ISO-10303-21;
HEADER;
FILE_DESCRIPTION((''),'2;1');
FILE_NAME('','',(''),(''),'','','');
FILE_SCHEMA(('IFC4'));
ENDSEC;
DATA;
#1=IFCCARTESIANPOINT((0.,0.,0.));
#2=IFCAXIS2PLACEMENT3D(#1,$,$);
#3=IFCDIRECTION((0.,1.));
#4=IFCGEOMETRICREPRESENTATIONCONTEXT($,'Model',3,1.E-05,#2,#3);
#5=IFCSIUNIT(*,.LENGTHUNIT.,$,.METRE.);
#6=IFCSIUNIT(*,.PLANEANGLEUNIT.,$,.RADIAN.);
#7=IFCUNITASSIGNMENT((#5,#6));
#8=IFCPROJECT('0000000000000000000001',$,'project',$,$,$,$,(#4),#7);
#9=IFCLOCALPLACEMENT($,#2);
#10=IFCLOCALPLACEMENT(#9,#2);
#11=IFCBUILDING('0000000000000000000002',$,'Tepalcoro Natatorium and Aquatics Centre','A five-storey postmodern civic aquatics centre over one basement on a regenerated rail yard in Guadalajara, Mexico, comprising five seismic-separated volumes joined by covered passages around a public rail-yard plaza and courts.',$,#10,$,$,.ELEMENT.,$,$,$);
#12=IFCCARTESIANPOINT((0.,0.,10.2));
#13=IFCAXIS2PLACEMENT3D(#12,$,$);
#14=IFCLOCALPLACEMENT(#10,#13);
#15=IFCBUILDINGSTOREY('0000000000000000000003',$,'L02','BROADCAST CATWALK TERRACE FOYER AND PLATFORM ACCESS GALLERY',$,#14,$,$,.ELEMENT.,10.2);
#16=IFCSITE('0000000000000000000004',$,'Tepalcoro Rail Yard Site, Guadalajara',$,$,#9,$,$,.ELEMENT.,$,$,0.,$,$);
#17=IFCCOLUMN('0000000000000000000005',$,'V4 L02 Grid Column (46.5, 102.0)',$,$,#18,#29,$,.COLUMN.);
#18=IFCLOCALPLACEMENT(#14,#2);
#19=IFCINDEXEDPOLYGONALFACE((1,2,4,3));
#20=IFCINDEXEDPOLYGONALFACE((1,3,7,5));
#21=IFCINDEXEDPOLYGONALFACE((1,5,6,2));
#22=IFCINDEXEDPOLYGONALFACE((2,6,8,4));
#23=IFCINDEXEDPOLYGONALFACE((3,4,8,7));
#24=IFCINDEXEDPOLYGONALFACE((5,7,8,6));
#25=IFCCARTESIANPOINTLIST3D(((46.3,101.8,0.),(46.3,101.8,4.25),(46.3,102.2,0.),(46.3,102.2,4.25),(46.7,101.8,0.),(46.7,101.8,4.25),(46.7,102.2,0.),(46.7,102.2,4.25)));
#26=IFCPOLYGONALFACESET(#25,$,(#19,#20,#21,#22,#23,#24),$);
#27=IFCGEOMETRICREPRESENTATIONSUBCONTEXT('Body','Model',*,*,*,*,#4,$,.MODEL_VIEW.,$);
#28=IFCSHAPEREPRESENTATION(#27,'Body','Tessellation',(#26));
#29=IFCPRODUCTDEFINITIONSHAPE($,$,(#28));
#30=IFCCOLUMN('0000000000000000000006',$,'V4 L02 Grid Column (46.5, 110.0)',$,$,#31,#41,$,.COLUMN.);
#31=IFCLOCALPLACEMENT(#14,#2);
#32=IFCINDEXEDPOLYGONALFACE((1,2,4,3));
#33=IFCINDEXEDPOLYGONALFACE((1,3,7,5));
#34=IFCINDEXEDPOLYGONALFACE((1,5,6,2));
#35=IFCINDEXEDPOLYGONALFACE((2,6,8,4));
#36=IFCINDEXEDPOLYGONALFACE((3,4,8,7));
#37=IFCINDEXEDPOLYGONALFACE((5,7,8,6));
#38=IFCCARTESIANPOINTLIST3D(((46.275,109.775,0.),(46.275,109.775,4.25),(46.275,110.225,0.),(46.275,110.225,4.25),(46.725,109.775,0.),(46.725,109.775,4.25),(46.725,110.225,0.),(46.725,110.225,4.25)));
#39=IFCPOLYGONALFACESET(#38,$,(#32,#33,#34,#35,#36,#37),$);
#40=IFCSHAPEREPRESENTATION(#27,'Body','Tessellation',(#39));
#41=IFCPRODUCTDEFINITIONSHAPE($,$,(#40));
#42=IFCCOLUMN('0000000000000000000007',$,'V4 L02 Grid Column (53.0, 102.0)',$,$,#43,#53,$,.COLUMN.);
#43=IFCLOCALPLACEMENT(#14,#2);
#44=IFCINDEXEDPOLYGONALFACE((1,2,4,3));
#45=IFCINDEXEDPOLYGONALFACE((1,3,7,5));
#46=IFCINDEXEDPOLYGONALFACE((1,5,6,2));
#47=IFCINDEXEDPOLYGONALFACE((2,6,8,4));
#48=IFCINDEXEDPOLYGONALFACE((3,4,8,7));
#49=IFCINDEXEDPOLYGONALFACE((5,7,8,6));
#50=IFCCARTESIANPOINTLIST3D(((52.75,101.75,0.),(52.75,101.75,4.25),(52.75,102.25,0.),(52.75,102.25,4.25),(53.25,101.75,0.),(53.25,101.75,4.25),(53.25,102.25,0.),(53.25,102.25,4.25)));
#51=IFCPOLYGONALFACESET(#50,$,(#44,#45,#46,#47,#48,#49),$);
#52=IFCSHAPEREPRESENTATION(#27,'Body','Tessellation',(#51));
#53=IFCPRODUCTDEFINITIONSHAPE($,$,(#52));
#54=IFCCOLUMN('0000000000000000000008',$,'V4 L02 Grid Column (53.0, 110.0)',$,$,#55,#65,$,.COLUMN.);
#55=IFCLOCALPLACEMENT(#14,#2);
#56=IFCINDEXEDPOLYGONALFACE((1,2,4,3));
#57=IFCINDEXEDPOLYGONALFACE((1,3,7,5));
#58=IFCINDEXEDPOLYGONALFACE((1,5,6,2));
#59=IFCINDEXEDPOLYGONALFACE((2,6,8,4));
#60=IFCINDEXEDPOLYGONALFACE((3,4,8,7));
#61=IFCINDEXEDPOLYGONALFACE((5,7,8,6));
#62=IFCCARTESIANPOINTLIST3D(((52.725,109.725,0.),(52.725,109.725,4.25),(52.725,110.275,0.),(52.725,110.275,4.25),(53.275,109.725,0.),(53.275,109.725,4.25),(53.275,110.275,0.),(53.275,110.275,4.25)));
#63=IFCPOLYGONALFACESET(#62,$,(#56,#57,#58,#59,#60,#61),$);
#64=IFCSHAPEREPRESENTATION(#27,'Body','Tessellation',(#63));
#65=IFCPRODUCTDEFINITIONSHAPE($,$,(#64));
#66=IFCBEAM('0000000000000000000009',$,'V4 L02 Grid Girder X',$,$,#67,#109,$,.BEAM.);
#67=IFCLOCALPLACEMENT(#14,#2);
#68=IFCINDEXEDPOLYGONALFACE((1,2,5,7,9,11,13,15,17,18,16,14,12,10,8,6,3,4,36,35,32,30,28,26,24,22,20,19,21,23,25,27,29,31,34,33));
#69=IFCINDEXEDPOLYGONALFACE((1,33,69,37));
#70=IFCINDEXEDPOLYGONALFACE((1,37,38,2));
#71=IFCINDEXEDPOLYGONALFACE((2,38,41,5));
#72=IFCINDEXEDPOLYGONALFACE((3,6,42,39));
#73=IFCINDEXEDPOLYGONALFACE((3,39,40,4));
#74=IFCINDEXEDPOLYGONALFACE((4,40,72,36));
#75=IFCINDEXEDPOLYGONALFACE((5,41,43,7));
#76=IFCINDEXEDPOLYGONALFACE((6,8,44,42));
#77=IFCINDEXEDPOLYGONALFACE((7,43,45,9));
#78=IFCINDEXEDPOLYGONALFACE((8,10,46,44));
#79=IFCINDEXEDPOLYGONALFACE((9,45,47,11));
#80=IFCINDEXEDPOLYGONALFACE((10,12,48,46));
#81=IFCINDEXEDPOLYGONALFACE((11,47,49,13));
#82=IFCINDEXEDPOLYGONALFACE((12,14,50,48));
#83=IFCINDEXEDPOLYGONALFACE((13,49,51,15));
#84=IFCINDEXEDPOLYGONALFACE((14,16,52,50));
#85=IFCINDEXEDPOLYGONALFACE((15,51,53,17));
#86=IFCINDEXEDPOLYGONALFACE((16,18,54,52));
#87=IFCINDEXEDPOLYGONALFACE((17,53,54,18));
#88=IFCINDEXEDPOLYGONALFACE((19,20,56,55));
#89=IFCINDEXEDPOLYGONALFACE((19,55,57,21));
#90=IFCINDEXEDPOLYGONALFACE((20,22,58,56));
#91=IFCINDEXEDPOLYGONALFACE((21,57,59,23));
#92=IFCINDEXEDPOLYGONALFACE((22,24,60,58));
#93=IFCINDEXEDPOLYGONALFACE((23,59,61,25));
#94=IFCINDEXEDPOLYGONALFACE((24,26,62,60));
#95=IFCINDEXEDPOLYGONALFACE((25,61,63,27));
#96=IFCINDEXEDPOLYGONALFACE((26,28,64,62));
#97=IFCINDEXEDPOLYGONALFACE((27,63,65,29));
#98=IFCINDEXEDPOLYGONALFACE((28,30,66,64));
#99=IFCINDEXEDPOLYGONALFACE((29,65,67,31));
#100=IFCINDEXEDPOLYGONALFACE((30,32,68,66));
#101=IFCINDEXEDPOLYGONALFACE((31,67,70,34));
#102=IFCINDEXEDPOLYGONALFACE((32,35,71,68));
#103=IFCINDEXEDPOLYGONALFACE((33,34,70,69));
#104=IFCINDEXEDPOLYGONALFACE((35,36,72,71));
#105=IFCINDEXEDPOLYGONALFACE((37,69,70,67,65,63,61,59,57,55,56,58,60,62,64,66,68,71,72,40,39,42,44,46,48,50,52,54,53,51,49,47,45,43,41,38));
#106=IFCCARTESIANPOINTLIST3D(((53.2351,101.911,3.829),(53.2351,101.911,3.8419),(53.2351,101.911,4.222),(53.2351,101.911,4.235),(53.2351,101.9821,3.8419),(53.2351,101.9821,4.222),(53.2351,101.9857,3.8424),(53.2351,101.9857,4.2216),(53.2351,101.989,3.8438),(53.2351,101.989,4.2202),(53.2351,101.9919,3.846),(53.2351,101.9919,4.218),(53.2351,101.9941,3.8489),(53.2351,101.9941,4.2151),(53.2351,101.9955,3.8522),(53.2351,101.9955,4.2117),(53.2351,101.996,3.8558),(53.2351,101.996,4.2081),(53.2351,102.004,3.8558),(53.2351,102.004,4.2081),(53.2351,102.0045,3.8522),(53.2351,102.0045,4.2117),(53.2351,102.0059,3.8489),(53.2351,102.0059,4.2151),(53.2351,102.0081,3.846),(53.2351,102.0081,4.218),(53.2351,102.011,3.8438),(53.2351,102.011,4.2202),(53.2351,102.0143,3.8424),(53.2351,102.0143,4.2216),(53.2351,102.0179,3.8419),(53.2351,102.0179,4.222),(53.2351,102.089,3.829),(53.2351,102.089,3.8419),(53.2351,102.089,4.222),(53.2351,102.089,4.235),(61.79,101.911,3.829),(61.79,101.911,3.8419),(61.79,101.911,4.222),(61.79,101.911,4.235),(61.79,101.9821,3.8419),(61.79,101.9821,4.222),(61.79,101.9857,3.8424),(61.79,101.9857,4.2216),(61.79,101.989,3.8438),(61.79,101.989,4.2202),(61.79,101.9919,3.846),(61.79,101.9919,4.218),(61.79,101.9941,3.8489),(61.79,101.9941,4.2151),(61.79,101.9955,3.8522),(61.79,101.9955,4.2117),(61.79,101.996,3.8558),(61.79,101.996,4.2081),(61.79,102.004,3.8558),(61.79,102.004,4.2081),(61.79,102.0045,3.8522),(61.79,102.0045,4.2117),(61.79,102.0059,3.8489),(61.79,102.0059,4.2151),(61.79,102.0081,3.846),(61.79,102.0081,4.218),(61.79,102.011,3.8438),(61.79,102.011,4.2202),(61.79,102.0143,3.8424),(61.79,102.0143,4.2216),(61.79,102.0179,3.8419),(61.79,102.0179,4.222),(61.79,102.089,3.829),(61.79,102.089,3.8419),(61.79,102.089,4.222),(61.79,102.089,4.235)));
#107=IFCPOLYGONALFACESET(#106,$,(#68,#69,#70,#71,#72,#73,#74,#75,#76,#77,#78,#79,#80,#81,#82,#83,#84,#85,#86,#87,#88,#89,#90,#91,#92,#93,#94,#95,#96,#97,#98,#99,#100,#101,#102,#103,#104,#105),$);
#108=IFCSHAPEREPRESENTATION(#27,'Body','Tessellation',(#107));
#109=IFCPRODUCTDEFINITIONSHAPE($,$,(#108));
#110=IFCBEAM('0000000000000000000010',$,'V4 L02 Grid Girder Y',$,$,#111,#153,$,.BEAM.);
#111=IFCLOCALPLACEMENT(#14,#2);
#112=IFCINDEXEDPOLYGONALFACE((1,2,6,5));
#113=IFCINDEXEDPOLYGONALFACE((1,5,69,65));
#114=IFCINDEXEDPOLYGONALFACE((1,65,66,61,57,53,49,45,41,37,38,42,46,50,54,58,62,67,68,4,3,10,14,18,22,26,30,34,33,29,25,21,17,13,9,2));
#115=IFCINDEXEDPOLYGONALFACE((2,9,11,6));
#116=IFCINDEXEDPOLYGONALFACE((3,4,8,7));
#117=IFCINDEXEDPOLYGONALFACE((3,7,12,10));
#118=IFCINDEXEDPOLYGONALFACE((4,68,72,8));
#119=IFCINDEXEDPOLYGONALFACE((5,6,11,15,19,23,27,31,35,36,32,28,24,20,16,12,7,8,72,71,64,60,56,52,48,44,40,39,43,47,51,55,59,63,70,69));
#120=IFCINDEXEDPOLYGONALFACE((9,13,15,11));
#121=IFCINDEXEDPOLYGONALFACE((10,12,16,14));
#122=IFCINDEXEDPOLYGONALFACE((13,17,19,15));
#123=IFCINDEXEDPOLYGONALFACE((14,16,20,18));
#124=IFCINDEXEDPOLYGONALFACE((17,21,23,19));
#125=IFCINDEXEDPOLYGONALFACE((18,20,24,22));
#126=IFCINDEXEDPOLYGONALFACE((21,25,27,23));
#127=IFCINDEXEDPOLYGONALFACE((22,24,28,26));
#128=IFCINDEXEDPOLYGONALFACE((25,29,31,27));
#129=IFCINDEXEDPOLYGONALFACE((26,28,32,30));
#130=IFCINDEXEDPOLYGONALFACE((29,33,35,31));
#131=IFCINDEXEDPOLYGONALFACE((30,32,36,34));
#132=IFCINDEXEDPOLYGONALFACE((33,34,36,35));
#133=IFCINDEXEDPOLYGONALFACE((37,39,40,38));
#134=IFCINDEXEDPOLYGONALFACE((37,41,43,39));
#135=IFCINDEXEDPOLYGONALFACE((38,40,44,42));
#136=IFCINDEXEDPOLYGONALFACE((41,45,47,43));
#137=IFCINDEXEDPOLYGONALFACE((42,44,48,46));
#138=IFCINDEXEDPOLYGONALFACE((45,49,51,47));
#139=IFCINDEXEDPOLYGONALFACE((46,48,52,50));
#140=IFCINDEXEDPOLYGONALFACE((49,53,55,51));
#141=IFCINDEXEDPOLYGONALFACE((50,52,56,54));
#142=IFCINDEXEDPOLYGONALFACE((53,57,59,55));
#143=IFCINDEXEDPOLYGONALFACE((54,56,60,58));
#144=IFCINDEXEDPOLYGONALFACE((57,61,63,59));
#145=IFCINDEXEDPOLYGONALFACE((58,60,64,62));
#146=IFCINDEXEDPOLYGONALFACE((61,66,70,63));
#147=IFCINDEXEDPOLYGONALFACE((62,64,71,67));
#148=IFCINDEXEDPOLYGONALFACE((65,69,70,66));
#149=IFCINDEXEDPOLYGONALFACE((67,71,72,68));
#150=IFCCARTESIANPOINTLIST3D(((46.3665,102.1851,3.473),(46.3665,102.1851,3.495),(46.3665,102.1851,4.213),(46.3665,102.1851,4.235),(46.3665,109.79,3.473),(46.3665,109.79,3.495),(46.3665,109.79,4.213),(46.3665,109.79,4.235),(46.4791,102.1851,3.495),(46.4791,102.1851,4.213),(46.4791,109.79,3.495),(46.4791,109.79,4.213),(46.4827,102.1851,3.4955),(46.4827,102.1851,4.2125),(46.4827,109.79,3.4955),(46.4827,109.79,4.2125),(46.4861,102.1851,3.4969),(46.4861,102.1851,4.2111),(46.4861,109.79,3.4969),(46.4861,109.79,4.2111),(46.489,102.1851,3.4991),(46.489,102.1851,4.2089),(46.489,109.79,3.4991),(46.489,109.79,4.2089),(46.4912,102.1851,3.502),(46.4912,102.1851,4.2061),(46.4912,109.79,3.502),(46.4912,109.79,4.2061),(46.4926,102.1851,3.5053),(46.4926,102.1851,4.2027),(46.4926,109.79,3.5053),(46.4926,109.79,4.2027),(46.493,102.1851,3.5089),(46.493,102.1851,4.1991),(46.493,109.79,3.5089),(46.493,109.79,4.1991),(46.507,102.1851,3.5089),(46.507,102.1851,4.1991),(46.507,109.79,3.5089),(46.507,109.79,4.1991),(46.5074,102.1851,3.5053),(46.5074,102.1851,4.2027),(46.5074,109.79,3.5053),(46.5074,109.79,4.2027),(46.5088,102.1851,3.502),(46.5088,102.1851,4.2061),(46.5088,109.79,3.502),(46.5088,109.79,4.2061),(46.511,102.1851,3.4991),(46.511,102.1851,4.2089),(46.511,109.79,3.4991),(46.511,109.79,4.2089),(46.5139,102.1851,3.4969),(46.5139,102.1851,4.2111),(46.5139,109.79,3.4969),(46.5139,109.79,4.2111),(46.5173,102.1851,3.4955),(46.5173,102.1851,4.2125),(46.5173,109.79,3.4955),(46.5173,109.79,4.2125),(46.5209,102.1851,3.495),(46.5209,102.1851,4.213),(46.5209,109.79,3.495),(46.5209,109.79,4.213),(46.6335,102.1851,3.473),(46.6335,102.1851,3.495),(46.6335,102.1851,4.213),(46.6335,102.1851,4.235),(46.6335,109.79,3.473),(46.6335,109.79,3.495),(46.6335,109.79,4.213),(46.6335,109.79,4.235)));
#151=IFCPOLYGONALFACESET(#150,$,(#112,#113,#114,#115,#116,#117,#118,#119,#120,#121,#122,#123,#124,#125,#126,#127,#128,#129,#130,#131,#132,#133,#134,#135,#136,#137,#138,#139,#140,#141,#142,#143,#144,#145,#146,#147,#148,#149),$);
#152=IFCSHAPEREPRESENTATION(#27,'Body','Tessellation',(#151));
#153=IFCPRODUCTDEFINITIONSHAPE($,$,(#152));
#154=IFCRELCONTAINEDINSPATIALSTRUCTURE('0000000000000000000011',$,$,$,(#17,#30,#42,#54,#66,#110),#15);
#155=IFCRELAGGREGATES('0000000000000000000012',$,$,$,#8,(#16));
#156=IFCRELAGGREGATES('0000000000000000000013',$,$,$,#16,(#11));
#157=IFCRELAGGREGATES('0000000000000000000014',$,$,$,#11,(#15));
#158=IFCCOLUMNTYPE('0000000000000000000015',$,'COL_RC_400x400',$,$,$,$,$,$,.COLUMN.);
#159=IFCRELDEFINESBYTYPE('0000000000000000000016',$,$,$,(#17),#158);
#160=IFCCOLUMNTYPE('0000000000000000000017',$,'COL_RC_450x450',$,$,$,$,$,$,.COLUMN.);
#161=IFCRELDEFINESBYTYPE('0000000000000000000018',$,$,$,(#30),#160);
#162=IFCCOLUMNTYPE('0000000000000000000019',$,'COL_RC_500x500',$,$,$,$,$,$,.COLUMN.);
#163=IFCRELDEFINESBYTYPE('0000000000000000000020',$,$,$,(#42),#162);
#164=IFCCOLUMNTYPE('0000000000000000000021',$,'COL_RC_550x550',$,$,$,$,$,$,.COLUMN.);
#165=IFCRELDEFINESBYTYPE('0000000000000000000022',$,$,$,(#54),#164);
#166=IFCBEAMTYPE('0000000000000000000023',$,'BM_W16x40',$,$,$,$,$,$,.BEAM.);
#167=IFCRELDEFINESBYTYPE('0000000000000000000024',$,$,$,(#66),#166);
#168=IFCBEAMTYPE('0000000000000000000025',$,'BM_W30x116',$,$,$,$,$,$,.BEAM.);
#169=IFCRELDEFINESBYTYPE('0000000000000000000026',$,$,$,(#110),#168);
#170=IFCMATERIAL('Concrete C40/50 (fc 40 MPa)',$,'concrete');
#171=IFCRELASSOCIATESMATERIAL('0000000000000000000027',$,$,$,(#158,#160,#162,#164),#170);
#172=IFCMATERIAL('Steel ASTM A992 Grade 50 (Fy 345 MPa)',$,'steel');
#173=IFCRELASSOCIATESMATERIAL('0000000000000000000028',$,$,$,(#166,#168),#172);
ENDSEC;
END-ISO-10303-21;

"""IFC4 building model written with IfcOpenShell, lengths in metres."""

from ifc_helpers import new_model, si_unit, direction, frame, origin, origin_2d, place, context, subcontext, project, spatial, rectangle, i_section, extrude, material, material_profile, profile_set, type_object, element, save


model = new_model("IFC4")

# Units and contexts
model_context = context("Model", 3, precision=1e-05, world=origin(), true_north=direction((0.0, 1.0)))
body_context = subcontext(model_context, "Body", "Model", "MODEL_VIEW")
ifc_project = project(units=[si_unit("LENGTHUNIT", "METRE"), si_unit("PLANEANGLEUNIT", "RADIAN")], contexts=[model_context])

# Site, building, storey
site_placement = place(None, origin())
site = spatial("IfcSite", under=ifc_project, at=site_placement, Name="Tepalcoro Rail Yard Site, Guadalajara", CompositionType="ELEMENT", RefElevation=0.0)
building_placement = place(site_placement, origin())
building = spatial("IfcBuilding", under=site, at=building_placement, Name="Tepalcoro Natatorium and Aquatics Centre", Description="A five-storey postmodern civic aquatics centre over one basement on a regenerated rail yard in Guadalajara, Mexico, comprising five seismic-separated volumes joined by covered passages around a public rail-yard plaza and courts.", CompositionType="ELEMENT")
storey_placement = place(building_placement, frame((0.0, 0.0, 10.2)))
storey = spatial("IfcBuildingStorey", under=building, at=storey_placement, Name="L02", Description="BROADCAST CATWALK TERRACE FOYER AND PLATFORM ACCESS GALLERY", CompositionType="ELEMENT", Elevation=10.2)

# Columns
ifc_material_1 = material(Name="Concrete C40/50 (fc 40 MPa)", Category="concrete")
ifc_material_profile_1 = material_profile(ifc_material_1, rectangle(XDim=0.3999, YDim=0.3999, at=origin_2d()), Name="RC400x400")
ifc_profile_set_1 = profile_set([ifc_material_profile_1], Name="Concrete C40/50 (fc 40 MPa)")
column_type_1 = type_object("IfcColumnType", Name="COL_RC_400x400", PredefinedType="COLUMN", material=ifc_profile_set_1)
column_1_placement = place(storey_placement, frame((46.5, 102.0, 0.0), z_axis=(0.0, 0.0, 1.0), x_axis=(1.0, 0.0, 0.0)))
element("IfcColumn", 1, at=column_1_placement, inside=storey, type_object=column_type_1, Name="V4 L02 Grid Column (46.5, 102.0)", PredefinedType="COLUMN", context=body_context, shape_type="SweptSolid", body=[
    extrude(rectangle(XDim=0.3999, YDim=0.3999, at=origin_2d()), origin(), (0.0, 0.0, 1.0), 4.25),
])
ifc_material_profile_2 = material_profile(ifc_material_1, rectangle(XDim=0.45, YDim=0.45, at=origin_2d()), Name="RC450x450")
ifc_profile_set_2 = profile_set([ifc_material_profile_2], Name="Concrete C40/50 (fc 40 MPa)")
column_type_2 = type_object("IfcColumnType", Name="COL_RC_450x450", PredefinedType="COLUMN", material=ifc_profile_set_2)
column_2_placement = place(storey_placement, frame((46.5, 110.0, 0.0), z_axis=(0.0, 0.0, 1.0), x_axis=(1.0, 0.0, 0.0)))
element("IfcColumn", 2, at=column_2_placement, inside=storey, type_object=column_type_2, Name="V4 L02 Grid Column (46.5, 110.0)", PredefinedType="COLUMN", context=body_context, shape_type="SweptSolid", body=[
    extrude(rectangle(XDim=0.45, YDim=0.45, at=origin_2d()), origin(), (0.0, 0.0, 1.0), 4.25),
])
ifc_material_profile_3 = material_profile(ifc_material_1, rectangle(XDim=0.5, YDim=0.5, at=origin_2d()), Name="RC500x500")
ifc_profile_set_3 = profile_set([ifc_material_profile_3], Name="Concrete C40/50 (fc 40 MPa)")
column_type_3 = type_object("IfcColumnType", Name="COL_RC_500x500", PredefinedType="COLUMN", material=ifc_profile_set_3)
column_3_placement = place(storey_placement, frame((53.0, 102.0, 0.0), z_axis=(0.0, 0.0, 1.0), x_axis=(1.0, 0.0, 0.0)))
element("IfcColumn", 3, at=column_3_placement, inside=storey, type_object=column_type_3, Name="V4 L02 Grid Column (53.0, 102.0)", PredefinedType="COLUMN", context=body_context, shape_type="SweptSolid", body=[
    extrude(rectangle(XDim=0.5, YDim=0.5, at=origin_2d()), origin(), (0.0, 0.0, 1.0), 4.25),
])
ifc_material_profile_4 = material_profile(ifc_material_1, rectangle(XDim=0.55, YDim=0.55, at=origin_2d()), Name="RC550x550")
ifc_profile_set_4 = profile_set([ifc_material_profile_4], Name="Concrete C40/50 (fc 40 MPa)")
column_type_4 = type_object("IfcColumnType", Name="COL_RC_550x550", PredefinedType="COLUMN", material=ifc_profile_set_4)
column_4_placement = place(storey_placement, frame((53.0, 110.0, 0.0), z_axis=(0.0, 0.0, 1.0), x_axis=(1.0, 0.0, 0.0)))
element("IfcColumn", 4, at=column_4_placement, inside=storey, type_object=column_type_4, Name="V4 L02 Grid Column (53.0, 110.0)", PredefinedType="COLUMN", context=body_context, shape_type="SweptSolid", body=[
    extrude(rectangle(XDim=0.55, YDim=0.55, at=origin_2d()), origin(), (0.0, 0.0, 1.0), 4.25),
])

# Beams
ifc_material_2 = material(Name="Steel ASTM A992 Grade 50 (Fy 345 MPa)", Category="steel")
ifc_material_profile_5 = material_profile(ifc_material_2, i_section(OverallWidth=0.178, OverallDepth=0.406, WebThickness=0.0081, FlangeThickness=0.0129, FilletRadius=0.0139, at=origin_2d()), Name="W16X40")
ifc_profile_set_5 = profile_set([ifc_material_profile_5], Name="Steel ASTM A992 Grade 50 (Fy 345 MPa)")
beam_type_1 = type_object("IfcBeamType", Name="BM_W16x40", PredefinedType="BEAM", material=ifc_profile_set_5)
beam_1_placement = place(storey_placement, frame((53.2351, 102.0, 4.032), z_axis=(1.0, 0.0, 0.0), x_axis=(0.0, 1.0, 0.0)))
element("IfcBeam", 5, at=beam_1_placement, inside=storey, type_object=beam_type_1, Name="V4 L02 Grid Girder X", PredefinedType="BEAM", context=body_context, shape_type="SweptSolid", body=[
    extrude(i_section(OverallWidth=0.178, OverallDepth=0.406, WebThickness=0.0081, FlangeThickness=0.0129, FilletRadius=0.0139, at=origin_2d()), origin(), (0.0, 0.0, 1.0), 8.5549),
])
ifc_material_profile_6 = material_profile(ifc_material_2, i_section(OverallWidth=0.2671, OverallDepth=0.762, WebThickness=0.0139, FlangeThickness=0.022, FilletRadius=0.0139, at=origin_2d()), Name="W30X116")
ifc_profile_set_6 = profile_set([ifc_material_profile_6], Name="Steel ASTM A992 Grade 50 (Fy 345 MPa)")
beam_type_2 = type_object("IfcBeamType", Name="BM_W30x116", PredefinedType="BEAM", material=ifc_profile_set_6)
beam_2_placement = place(storey_placement, frame((46.5, 102.1851, 3.854), z_axis=(0.0, 1.0, 0.0), x_axis=(-1.0, 0.0, 0.0)))
element("IfcBeam", 6, at=beam_2_placement, inside=storey, type_object=beam_type_2, Name="V4 L02 Grid Girder Y", PredefinedType="BEAM", context=body_context, shape_type="SweptSolid", body=[
    extrude(i_section(OverallWidth=0.2671, OverallDepth=0.762, WebThickness=0.0139, FlangeThickness=0.022, FilletRadius=0.0139, at=origin_2d()), origin(), (0.0, 0.0, 1.0), 7.605),
])

save(model, "model.ifc")
